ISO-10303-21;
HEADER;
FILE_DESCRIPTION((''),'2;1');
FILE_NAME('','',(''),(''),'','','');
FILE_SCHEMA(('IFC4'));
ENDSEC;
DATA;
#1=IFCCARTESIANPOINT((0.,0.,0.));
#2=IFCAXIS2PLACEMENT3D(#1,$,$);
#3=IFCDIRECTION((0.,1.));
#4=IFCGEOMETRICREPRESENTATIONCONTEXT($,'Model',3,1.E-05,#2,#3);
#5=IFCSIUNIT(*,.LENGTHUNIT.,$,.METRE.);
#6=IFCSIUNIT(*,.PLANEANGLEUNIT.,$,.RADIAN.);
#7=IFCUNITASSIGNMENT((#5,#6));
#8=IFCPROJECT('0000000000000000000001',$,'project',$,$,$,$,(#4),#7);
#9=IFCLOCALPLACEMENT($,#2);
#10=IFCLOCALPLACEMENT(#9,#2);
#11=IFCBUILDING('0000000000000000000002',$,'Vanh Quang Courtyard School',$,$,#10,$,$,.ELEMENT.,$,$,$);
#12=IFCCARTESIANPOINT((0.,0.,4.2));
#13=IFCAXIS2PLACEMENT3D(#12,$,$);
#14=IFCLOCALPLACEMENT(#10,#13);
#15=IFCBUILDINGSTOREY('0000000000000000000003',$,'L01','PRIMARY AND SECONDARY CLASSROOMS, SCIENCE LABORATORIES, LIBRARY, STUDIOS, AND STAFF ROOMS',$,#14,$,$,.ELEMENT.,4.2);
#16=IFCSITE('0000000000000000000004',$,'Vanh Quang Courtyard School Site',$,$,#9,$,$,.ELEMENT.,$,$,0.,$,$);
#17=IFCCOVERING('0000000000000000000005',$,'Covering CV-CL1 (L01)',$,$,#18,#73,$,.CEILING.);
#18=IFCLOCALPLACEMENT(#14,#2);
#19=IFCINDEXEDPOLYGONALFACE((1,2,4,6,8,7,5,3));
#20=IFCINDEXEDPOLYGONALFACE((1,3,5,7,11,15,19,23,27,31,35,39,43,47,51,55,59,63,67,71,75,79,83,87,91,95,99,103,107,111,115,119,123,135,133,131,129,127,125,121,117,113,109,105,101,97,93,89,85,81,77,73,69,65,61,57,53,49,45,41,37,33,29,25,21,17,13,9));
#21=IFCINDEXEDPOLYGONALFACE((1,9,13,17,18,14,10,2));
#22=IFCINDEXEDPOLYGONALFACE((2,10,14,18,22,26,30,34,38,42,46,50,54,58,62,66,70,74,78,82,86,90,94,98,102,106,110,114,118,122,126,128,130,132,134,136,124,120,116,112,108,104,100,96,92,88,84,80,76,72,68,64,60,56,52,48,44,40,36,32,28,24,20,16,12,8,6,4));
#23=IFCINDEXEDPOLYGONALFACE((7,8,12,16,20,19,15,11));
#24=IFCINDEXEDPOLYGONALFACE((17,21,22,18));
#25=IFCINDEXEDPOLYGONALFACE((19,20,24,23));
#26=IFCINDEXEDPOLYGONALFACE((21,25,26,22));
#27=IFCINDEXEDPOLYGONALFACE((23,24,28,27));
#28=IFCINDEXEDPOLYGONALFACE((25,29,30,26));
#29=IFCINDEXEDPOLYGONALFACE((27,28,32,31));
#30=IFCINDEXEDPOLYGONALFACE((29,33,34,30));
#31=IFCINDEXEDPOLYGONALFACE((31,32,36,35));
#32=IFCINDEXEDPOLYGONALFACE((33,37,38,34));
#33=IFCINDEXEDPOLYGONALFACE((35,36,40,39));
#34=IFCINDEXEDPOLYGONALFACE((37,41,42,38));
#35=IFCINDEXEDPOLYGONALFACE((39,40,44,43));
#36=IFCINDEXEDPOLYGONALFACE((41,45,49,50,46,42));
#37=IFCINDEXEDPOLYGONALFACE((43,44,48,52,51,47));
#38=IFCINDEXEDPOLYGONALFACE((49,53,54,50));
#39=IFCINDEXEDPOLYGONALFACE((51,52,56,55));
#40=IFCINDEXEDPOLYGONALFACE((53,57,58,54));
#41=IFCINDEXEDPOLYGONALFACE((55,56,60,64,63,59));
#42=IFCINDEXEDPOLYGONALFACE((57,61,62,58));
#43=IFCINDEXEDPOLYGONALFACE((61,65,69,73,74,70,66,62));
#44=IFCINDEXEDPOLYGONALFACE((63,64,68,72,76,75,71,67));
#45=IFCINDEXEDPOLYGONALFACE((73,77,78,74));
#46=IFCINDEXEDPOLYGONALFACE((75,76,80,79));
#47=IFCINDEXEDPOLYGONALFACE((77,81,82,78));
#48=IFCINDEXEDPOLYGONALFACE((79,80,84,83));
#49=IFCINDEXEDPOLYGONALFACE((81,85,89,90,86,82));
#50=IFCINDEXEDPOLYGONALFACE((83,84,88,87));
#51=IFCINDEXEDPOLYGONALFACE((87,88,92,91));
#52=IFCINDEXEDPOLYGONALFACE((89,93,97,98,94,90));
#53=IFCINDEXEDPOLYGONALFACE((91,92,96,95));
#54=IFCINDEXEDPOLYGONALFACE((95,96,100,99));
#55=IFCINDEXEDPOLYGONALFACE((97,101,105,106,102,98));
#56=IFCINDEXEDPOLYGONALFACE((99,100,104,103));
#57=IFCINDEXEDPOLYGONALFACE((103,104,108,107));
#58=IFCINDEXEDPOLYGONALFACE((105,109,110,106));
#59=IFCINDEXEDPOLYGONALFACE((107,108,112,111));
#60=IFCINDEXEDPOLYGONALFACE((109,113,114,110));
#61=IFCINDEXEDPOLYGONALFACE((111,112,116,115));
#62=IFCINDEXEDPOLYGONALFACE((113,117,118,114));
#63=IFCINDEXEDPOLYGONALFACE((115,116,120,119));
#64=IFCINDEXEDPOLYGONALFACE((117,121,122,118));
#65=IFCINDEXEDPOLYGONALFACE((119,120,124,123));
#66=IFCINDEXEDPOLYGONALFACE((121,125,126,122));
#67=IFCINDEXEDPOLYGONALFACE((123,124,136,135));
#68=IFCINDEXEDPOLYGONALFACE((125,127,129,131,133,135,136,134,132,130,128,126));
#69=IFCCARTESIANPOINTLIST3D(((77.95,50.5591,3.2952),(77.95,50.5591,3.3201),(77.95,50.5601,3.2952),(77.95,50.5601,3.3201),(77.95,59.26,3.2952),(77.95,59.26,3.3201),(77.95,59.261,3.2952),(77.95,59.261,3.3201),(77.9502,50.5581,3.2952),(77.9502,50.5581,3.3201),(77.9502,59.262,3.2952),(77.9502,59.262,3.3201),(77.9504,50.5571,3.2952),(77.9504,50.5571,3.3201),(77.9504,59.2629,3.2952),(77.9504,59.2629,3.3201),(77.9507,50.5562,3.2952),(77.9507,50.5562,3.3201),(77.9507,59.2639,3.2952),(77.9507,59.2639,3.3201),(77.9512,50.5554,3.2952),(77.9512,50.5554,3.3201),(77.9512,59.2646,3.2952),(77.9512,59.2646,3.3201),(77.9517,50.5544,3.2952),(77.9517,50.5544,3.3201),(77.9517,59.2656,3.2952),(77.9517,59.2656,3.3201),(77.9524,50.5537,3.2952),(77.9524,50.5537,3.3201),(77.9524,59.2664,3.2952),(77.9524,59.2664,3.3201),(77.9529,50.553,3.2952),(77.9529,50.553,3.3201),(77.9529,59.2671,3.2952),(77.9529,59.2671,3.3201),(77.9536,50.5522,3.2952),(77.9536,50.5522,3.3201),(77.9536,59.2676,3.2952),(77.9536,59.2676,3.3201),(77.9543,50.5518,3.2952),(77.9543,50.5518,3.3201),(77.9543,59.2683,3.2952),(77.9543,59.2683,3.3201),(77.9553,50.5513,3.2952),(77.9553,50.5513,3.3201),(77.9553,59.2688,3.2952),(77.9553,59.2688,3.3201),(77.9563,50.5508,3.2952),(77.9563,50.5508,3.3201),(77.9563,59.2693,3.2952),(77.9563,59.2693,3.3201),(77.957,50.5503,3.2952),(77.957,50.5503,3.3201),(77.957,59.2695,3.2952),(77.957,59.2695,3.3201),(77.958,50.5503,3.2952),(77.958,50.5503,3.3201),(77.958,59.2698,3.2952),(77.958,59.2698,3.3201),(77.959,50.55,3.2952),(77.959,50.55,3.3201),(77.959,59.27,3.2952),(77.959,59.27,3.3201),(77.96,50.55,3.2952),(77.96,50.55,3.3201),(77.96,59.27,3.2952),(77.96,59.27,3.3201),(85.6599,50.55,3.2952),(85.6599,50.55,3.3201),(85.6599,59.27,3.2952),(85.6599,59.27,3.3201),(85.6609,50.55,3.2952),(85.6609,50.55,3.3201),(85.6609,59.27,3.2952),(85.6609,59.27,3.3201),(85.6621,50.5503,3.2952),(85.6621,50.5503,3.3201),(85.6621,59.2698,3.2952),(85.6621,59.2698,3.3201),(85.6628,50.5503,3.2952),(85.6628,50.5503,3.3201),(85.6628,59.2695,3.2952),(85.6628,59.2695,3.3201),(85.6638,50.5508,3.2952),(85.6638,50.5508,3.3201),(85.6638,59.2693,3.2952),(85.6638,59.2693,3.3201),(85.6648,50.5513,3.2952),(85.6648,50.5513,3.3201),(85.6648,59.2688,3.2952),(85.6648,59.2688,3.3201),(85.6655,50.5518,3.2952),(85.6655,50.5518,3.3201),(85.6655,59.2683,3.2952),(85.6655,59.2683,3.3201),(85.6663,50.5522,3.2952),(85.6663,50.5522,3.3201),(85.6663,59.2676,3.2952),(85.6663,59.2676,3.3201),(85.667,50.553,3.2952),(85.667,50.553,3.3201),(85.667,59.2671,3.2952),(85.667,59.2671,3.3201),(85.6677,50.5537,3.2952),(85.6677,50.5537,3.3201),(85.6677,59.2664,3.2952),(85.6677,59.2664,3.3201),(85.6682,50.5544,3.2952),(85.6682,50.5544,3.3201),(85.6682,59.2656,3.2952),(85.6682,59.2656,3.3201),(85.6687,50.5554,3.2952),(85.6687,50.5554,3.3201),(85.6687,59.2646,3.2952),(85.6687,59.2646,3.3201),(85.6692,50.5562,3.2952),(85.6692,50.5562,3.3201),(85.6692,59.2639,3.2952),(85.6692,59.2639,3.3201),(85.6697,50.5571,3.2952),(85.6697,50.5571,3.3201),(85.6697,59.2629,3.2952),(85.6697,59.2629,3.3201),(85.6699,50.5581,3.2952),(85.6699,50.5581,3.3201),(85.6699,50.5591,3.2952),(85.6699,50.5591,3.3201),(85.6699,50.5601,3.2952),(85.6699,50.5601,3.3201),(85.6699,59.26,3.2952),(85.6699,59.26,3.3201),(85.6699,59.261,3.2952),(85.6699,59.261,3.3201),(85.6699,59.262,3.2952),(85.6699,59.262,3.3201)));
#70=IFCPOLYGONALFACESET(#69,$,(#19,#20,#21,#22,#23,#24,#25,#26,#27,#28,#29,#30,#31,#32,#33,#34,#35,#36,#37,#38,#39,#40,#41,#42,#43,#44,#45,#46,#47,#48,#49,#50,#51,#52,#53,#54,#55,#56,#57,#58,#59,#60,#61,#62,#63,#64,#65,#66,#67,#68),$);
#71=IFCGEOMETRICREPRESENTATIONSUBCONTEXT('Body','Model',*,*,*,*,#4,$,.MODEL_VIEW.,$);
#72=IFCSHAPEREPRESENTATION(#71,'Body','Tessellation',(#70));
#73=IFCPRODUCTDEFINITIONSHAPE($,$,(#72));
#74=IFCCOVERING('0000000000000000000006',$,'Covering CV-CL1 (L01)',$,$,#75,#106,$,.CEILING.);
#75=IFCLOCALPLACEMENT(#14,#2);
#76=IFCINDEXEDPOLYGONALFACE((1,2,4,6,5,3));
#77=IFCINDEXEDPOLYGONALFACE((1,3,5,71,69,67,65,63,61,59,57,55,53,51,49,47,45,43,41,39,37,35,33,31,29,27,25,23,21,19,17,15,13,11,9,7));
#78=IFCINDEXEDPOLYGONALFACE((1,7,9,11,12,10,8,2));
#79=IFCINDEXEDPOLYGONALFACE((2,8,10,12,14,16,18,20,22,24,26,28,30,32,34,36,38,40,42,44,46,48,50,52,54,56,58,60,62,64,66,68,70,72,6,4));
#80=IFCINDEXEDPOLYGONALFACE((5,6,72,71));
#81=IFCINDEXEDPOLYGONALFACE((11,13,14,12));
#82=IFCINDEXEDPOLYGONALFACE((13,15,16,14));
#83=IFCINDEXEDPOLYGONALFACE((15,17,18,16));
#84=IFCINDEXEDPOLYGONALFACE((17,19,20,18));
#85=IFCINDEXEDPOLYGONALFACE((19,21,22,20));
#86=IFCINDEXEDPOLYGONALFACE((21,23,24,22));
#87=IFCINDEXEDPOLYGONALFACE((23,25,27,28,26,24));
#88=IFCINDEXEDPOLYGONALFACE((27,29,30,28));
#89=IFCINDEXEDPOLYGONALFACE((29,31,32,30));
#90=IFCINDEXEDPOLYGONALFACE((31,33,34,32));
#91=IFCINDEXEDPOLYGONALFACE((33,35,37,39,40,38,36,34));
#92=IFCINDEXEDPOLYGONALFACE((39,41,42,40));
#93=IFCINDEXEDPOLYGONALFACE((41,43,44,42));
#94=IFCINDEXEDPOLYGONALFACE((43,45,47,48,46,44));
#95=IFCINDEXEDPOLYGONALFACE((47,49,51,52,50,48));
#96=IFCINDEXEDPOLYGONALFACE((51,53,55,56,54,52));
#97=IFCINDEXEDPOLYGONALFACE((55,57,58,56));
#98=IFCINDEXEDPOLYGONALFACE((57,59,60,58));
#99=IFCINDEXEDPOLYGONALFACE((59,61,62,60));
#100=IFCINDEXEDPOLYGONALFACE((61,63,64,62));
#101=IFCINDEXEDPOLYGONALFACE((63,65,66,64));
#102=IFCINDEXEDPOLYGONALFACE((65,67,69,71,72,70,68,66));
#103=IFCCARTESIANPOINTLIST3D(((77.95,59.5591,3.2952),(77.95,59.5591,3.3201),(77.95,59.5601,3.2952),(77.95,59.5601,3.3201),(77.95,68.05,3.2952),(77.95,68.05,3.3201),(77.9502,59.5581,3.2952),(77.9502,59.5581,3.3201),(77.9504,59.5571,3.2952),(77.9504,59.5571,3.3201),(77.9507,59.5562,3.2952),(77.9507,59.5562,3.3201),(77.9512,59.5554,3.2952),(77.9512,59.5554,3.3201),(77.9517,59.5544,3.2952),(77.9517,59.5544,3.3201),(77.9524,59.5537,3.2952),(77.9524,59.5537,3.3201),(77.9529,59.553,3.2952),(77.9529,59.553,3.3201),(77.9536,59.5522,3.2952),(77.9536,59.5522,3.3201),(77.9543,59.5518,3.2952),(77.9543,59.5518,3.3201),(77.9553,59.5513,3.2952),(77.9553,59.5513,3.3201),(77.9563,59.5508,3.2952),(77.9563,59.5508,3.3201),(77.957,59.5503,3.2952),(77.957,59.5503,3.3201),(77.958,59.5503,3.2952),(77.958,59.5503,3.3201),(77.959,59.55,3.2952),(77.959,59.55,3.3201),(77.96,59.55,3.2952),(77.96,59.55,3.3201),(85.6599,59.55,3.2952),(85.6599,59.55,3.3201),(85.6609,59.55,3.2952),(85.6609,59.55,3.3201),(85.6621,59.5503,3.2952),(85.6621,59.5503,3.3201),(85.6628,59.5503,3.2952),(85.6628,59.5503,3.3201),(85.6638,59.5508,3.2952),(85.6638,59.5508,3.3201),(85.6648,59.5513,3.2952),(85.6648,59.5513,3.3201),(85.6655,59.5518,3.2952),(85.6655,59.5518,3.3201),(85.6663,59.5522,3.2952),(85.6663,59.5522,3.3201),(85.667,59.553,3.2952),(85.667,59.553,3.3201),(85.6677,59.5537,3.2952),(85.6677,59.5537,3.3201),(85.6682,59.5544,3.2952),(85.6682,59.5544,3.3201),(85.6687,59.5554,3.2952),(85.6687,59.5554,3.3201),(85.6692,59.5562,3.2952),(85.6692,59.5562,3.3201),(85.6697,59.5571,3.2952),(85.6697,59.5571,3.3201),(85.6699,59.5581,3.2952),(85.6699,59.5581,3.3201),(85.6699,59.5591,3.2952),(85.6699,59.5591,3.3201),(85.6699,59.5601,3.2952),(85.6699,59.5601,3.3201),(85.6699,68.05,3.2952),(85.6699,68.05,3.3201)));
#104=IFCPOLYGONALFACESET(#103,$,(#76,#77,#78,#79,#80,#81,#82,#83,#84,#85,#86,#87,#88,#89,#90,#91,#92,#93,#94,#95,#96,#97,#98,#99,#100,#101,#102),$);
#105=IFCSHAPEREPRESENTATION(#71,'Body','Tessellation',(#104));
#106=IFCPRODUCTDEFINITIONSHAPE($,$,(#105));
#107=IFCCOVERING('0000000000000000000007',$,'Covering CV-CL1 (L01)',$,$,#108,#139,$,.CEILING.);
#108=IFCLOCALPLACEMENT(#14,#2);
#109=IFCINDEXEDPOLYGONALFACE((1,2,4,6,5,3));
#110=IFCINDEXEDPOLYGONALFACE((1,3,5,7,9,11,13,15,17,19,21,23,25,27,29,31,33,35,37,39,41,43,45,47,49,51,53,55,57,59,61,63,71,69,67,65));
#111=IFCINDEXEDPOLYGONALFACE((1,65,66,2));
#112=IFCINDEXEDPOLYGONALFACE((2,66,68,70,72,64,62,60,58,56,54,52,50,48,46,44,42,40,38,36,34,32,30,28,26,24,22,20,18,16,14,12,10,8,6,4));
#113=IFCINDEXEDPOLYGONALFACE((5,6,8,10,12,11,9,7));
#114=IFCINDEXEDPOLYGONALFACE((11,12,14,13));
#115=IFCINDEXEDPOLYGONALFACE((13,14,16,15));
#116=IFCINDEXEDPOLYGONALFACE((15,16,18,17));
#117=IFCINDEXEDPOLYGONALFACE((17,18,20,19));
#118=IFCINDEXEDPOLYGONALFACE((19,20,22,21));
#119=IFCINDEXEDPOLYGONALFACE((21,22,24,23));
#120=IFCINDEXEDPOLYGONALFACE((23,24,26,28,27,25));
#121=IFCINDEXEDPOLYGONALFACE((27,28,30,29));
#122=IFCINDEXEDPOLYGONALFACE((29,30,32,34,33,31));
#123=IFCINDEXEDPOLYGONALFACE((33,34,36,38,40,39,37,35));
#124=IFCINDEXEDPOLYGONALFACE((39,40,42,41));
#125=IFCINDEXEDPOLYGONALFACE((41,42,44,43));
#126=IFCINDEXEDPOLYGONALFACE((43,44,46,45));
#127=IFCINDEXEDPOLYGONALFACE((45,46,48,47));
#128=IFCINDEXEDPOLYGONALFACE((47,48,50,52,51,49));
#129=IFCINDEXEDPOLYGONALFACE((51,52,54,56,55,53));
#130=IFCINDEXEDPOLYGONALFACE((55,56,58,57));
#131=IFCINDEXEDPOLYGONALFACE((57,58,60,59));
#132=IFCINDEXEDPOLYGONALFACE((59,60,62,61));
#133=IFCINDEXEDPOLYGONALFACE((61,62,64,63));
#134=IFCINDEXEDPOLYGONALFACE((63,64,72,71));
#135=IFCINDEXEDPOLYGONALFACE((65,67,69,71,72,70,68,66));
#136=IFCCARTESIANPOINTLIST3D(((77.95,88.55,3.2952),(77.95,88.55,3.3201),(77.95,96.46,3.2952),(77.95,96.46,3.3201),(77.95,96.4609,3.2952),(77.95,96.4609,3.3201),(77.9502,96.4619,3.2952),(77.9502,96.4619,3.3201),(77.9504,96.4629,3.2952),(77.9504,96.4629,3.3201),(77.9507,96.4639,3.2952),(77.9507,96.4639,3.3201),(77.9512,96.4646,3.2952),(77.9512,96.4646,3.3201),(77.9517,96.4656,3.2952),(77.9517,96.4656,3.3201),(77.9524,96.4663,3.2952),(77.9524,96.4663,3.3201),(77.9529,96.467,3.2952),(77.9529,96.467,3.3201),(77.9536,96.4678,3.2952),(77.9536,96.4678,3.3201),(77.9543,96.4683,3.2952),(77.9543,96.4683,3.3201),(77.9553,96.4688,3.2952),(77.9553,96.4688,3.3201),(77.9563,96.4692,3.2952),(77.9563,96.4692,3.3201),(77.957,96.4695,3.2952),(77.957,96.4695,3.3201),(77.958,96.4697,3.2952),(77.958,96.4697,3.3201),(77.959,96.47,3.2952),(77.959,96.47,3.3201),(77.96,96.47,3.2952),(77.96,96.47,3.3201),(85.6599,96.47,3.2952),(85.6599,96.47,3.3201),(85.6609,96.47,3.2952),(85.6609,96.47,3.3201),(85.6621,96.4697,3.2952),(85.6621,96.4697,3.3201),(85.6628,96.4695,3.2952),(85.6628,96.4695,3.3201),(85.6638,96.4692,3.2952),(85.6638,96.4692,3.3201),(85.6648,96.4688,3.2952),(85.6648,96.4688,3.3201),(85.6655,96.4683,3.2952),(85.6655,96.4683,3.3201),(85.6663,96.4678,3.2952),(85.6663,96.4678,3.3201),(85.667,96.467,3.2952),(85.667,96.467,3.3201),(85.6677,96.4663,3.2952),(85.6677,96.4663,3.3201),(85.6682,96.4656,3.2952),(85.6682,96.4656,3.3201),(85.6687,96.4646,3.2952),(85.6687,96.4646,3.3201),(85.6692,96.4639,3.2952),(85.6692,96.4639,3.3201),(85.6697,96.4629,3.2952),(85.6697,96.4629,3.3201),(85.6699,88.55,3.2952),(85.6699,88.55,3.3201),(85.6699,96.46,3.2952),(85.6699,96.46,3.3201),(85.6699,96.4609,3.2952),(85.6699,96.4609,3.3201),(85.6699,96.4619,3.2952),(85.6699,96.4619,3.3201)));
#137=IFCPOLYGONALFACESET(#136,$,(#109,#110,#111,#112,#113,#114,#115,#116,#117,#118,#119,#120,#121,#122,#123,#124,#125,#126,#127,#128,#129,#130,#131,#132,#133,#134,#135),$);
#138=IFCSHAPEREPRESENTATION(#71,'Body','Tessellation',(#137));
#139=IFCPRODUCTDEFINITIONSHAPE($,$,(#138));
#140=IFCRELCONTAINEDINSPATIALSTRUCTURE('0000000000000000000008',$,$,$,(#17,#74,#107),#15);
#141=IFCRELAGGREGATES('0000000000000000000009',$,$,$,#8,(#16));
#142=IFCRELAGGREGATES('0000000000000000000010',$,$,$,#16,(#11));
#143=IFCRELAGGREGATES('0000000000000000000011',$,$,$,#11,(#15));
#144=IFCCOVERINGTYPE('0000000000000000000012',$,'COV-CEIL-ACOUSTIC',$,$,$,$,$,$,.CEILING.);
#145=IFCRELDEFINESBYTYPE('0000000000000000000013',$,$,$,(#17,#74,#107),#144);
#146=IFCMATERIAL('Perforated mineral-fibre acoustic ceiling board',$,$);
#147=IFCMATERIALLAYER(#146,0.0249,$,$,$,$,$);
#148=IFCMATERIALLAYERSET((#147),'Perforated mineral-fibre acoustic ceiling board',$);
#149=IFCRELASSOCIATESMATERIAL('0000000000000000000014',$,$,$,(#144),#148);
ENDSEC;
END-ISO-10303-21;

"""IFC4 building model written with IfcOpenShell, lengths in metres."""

from ifc_helpers import new_model, si_unit, direction, frame, origin, place, context, subcontext, project, spatial, polyline, outline, extrude, material, layer, layer_set, type_object, element, save


model = new_model("IFC4")

# Units and contexts
model_context = context("Model", 3, precision=1e-05, world=origin(), true_north=direction((0.0, 1.0)))
body_context = subcontext(model_context, "Body", "Model", "MODEL_VIEW")
ifc_project = project(units=[si_unit("LENGTHUNIT", "METRE"), si_unit("PLANEANGLEUNIT", "RADIAN")], contexts=[model_context])

# Site, building, storey
site_placement = place(None, origin())
site = spatial("IfcSite", under=ifc_project, at=site_placement, Name="Vanh Quang Courtyard School Site", CompositionType="ELEMENT", RefElevation=0.0)
building_placement = place(site_placement, origin())
building = spatial("IfcBuilding", under=site, at=building_placement, Name="Vanh Quang Courtyard School", CompositionType="ELEMENT")
storey_placement = place(building_placement, frame((0.0, 0.0, 4.2)))
storey = spatial("IfcBuildingStorey", under=building, at=storey_placement, Name="L01", Description="PRIMARY AND SECONDARY CLASSROOMS, SCIENCE LABORATORIES, LIBRARY, STUDIOS, AND STAFF ROOMS", CompositionType="ELEMENT", Elevation=4.2)

# Coverings
ifc_material_1 = material(Name="Perforated mineral-fibre acoustic ceiling board")
ifc_layer_1 = layer(ifc_material_1, 0.0249)
ifc_layer_set_1 = layer_set([ifc_layer_1], Name="Perforated mineral-fibre acoustic ceiling board")
covering_type_1 = type_object("IfcCoveringType", Name="COV-CEIL-ACOUSTIC", PredefinedType="CEILING", material=ifc_layer_set_1)
covering_1_placement = place(storey_placement, frame((0.0, 0.0, 3.2952)))
element("IfcCovering", 1, at=covering_1_placement, inside=storey, type_object=covering_type_1, Name="Covering CV-CL1 (L01)", PredefinedType="CEILING", context=body_context, shape_type="SweptSolid", body=[
    extrude(outline(polyline([(77.96, 50.55), (77.959, 50.55), (77.958, 50.5503), (77.957, 50.5503), (77.9563, 50.5508), (77.9553, 50.5513), (77.9543, 50.5518), (77.9536, 50.5522), (77.9529, 50.553), (77.9524, 50.5537), (77.9517, 50.5544), (77.9512, 50.5554), (77.9507, 50.5562), (77.9504, 50.5571), (77.9502, 50.5581), (77.95, 50.5591), (77.95, 50.5601), (77.95, 59.26), (77.95, 59.261), (77.9502, 59.262), (77.9504, 59.2629), (77.9507, 59.2639), (77.9512, 59.2646), (77.9517, 59.2656), (77.9524, 59.2664), (77.9529, 59.2671), (77.9536, 59.2676), (77.9543, 59.2683), (77.9553, 59.2688), (77.9563, 59.2693), (77.957, 59.2695), (77.958, 59.2698), (77.959, 59.27), (77.96, 59.27), (85.6599, 59.27), (85.6609, 59.27), (85.6621, 59.2698), (85.6628, 59.2695), (85.6638, 59.2693), (85.6648, 59.2688), (85.6655, 59.2683), (85.6663, 59.2676), (85.667, 59.2671), (85.6677, 59.2664), (85.6682, 59.2656), (85.6687, 59.2646), (85.6692, 59.2639), (85.6697, 59.2629), (85.6699, 59.262), (85.6699, 59.261), (85.6699, 59.26), (85.6699, 50.5601), (85.6699, 50.5591), (85.6699, 50.5581), (85.6697, 50.5571), (85.6692, 50.5562), (85.6687, 50.5554), (85.6682, 50.5544), (85.6677, 50.5537), (85.667, 50.553), (85.6663, 50.5522), (85.6655, 50.5518), (85.6648, 50.5513), (85.6638, 50.5508), (85.6628, 50.5503), (85.6621, 50.5503), (85.6609, 50.55), (85.6599, 50.55), (77.96, 50.55)])), origin(), (0.0, 0.0, 1.0), 0.0249),
])
covering_2_placement = place(storey_placement, frame((0.0, 0.0, 3.2952)))
element("IfcCovering", 2, at=covering_2_placement, inside=storey, type_object=covering_type_1, Name="Covering CV-CL1 (L01)", PredefinedType="CEILING", context=body_context, shape_type="SweptSolid", body=[
    extrude(outline(polyline([(77.96, 59.55), (77.959, 59.55), (77.958, 59.5503), (77.957, 59.5503), (77.9563, 59.5508), (77.9553, 59.5513), (77.9543, 59.5518), (77.9536, 59.5522), (77.9529, 59.553), (77.9524, 59.5537), (77.9517, 59.5544), (77.9512, 59.5554), (77.9507, 59.5562), (77.9504, 59.5571), (77.9502, 59.5581), (77.95, 59.5591), (77.95, 59.5601), (77.95, 68.05), (85.6699, 68.05), (85.6699, 59.5601), (85.6699, 59.5591), (85.6699, 59.5581), (85.6697, 59.5571), (85.6692, 59.5562), (85.6687, 59.5554), (85.6682, 59.5544), (85.6677, 59.5537), (85.667, 59.553), (85.6663, 59.5522), (85.6655, 59.5518), (85.6648, 59.5513), (85.6638, 59.5508), (85.6628, 59.5503), (85.6621, 59.5503), (85.6609, 59.55), (85.6599, 59.55), (77.96, 59.55)])), origin(), (0.0, 0.0, 1.0), 0.0249),
])
covering_3_placement = place(storey_placement, frame((0.0, 0.0, 3.2952)))
element("IfcCovering", 3, at=covering_3_placement, inside=storey, type_object=covering_type_1, Name="Covering CV-CL1 (L01)", PredefinedType="CEILING", context=body_context, shape_type="SweptSolid", body=[
    extrude(outline(polyline([(77.95, 96.46), (77.95, 96.4609), (77.9502, 96.4619), (77.9504, 96.4629), (77.9507, 96.4639), (77.9512, 96.4646), (77.9517, 96.4656), (77.9524, 96.4663), (77.9529, 96.467), (77.9536, 96.4678), (77.9543, 96.4683), (77.9553, 96.4688), (77.9563, 96.4692), (77.957, 96.4695), (77.958, 96.4697), (77.959, 96.47), (77.96, 96.47), (85.6599, 96.47), (85.6609, 96.47), (85.6621, 96.4697), (85.6628, 96.4695), (85.6638, 96.4692), (85.6648, 96.4688), (85.6655, 96.4683), (85.6663, 96.4678), (85.667, 96.467), (85.6677, 96.4663), (85.6682, 96.4656), (85.6687, 96.4646), (85.6692, 96.4639), (85.6697, 96.4629), (85.6699, 96.4619), (85.6699, 96.4609), (85.6699, 96.46), (85.6699, 88.55), (77.95, 88.55), (77.95, 96.46)])), origin(), (0.0, 0.0, 1.0), 0.0249),
])

save(model, "model.ifc")
